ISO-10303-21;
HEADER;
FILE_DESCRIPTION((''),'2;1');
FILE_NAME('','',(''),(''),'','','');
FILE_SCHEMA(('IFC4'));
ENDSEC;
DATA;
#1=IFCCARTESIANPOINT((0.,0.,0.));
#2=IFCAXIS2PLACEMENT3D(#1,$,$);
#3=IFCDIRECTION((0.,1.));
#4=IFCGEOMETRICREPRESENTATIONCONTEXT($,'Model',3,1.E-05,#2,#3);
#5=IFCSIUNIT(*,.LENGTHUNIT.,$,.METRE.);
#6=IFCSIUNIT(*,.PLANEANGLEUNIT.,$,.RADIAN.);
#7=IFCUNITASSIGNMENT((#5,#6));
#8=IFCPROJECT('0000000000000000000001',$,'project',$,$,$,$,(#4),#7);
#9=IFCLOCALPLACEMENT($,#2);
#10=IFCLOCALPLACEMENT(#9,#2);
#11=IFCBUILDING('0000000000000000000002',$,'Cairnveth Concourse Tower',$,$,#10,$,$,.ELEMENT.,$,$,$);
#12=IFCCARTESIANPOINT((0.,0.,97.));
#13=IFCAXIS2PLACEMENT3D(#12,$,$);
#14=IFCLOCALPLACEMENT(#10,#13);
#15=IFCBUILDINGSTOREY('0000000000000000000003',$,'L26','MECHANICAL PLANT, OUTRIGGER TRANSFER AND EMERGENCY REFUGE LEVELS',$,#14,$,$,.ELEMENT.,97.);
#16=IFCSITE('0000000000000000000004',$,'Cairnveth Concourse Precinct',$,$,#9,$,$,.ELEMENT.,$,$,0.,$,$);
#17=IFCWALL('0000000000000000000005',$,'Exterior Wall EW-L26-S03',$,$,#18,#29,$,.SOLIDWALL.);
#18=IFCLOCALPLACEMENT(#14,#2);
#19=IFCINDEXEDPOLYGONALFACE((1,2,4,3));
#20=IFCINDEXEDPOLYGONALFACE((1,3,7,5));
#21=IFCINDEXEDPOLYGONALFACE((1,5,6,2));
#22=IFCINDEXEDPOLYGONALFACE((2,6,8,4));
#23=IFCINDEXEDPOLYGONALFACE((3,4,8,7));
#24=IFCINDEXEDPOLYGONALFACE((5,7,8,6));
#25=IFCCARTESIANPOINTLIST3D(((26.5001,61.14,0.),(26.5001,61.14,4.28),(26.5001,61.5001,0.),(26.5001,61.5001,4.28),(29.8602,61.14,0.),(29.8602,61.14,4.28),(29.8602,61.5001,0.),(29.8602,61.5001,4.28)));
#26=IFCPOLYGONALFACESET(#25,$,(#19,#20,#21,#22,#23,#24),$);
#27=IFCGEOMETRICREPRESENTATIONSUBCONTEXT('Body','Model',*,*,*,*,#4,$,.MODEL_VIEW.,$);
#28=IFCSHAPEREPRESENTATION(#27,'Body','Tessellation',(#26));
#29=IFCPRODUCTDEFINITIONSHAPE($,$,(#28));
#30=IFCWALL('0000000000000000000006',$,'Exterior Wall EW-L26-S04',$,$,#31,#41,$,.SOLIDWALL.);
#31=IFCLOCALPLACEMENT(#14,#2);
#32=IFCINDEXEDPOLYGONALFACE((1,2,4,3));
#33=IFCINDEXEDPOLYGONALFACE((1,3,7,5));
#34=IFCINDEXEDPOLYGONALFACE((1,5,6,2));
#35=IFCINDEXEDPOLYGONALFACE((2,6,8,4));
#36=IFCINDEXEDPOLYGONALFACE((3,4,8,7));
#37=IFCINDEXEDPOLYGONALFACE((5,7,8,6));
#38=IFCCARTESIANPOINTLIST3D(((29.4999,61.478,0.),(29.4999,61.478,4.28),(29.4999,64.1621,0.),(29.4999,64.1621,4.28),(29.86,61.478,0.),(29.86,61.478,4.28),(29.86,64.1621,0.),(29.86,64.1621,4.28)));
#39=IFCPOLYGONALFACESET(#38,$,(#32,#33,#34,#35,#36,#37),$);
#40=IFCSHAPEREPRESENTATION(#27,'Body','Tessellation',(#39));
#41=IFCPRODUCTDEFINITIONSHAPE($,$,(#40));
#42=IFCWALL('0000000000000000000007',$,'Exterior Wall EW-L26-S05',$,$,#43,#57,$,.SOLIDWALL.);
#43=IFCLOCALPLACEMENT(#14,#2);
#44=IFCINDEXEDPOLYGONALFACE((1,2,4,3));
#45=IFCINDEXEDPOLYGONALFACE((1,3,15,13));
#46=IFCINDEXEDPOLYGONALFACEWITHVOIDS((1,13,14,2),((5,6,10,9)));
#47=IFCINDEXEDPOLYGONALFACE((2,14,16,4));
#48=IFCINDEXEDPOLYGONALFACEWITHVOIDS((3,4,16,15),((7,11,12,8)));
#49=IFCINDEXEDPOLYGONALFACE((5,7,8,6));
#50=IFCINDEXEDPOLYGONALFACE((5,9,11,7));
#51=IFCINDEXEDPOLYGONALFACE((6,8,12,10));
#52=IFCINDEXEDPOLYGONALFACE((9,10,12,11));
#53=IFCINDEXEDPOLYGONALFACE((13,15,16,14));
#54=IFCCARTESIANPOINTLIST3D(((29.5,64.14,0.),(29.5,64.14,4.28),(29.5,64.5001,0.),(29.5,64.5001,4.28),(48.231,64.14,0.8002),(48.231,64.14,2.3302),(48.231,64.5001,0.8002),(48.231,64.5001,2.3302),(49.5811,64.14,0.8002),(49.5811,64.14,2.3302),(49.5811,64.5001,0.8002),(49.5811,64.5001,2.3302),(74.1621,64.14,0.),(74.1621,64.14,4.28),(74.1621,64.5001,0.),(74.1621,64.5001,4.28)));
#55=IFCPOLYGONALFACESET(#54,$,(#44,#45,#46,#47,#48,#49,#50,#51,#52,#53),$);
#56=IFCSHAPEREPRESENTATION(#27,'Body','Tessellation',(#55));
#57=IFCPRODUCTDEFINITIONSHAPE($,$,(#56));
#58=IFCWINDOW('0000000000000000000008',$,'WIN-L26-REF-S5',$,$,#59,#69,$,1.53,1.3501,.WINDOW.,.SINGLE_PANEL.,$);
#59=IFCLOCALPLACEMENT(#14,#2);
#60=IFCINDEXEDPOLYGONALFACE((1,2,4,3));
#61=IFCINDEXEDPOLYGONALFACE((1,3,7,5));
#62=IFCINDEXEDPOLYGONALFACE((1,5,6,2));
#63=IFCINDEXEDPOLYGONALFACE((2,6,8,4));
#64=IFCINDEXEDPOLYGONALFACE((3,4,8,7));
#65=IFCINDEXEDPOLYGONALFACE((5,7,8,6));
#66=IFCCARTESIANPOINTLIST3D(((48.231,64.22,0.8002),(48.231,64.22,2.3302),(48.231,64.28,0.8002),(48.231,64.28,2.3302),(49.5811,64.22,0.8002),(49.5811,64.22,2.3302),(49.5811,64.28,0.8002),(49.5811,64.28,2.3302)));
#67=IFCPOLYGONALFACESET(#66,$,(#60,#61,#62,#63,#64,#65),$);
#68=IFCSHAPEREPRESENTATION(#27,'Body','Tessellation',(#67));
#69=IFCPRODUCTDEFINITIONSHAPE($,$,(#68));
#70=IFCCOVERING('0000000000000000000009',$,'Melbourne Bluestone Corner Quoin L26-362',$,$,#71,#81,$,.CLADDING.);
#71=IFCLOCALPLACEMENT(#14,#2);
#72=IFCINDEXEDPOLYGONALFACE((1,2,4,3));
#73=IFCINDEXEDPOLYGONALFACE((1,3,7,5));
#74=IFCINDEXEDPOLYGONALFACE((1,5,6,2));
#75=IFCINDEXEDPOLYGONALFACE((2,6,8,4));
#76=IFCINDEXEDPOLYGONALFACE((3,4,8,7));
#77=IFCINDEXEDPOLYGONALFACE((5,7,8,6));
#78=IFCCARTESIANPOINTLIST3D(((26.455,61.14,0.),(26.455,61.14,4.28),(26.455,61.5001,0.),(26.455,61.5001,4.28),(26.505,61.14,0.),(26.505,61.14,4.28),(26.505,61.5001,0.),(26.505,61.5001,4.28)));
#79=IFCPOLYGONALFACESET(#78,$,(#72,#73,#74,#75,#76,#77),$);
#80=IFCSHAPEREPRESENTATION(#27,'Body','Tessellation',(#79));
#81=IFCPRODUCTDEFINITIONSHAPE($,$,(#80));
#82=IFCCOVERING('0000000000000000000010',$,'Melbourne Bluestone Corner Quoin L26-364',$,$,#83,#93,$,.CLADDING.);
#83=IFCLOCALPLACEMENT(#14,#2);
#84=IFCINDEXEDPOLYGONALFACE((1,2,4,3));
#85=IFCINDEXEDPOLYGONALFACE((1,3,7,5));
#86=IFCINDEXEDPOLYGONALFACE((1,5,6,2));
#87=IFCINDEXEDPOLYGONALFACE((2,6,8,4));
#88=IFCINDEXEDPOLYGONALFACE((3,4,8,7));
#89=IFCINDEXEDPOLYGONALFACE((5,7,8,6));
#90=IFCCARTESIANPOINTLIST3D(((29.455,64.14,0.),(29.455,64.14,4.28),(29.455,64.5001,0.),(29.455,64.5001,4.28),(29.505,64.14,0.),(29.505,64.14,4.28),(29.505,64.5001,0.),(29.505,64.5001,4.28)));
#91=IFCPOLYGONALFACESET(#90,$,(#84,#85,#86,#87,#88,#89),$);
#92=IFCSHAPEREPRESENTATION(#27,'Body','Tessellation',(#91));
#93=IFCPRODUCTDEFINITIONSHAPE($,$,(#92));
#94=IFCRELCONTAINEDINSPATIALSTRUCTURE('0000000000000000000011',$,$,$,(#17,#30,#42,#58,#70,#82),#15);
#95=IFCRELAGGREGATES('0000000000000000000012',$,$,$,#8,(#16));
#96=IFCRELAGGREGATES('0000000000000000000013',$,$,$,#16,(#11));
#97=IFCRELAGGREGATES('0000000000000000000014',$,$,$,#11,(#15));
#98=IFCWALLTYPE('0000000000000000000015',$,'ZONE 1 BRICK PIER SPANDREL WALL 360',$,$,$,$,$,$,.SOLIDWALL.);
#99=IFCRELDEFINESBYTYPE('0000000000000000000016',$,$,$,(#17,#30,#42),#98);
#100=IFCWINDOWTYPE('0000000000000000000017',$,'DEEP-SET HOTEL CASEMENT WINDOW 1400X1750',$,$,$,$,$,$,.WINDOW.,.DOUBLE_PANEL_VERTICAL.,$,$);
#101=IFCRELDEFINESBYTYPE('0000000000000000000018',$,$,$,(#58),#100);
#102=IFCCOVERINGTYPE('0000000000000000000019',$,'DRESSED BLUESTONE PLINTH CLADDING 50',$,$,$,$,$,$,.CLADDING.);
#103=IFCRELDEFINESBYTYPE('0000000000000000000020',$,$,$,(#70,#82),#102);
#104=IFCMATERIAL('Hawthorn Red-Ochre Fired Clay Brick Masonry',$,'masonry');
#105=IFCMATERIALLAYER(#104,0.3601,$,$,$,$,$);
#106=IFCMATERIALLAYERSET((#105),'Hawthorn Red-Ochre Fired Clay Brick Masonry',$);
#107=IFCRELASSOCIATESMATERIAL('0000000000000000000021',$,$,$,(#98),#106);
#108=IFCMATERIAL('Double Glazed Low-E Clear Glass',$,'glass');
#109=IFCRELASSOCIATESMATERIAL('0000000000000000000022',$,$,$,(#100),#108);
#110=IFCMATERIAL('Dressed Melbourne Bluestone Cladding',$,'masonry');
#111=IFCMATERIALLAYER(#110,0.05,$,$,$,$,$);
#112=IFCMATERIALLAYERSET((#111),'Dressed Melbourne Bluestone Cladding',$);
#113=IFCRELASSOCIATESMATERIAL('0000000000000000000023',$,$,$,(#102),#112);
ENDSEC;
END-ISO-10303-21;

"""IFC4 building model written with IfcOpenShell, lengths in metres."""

from ifc_helpers import new_model, si_unit, direction, frame, frame_2d, origin, place, context, subcontext, project, spatial, rectangle, extrude, material, layer, layer_set, type_object, element, fill, save


model = new_model("IFC4")

# Units and contexts
model_context = context("Model", 3, precision=1e-05, world=origin(), true_north=direction((0.0, 1.0)))
body_context = subcontext(model_context, "Body", "Model", "MODEL_VIEW")
ifc_project = project(units=[si_unit("LENGTHUNIT", "METRE"), si_unit("PLANEANGLEUNIT", "RADIAN")], contexts=[model_context])

# Site, building, storey
site_placement = place(None, origin())
site = spatial("IfcSite", under=ifc_project, at=site_placement, Name="Cairnveth Concourse Precinct", CompositionType="ELEMENT", RefElevation=0.0)
building_placement = place(site_placement, origin())
building = spatial("IfcBuilding", under=site, at=building_placement, Name="Cairnveth Concourse Tower", CompositionType="ELEMENT")
storey_placement = place(building_placement, frame((0.0, 0.0, 97.0)))
storey = spatial("IfcBuildingStorey", under=building, at=storey_placement, Name="L26", Description="MECHANICAL PLANT, OUTRIGGER TRANSFER AND EMERGENCY REFUGE LEVELS", CompositionType="ELEMENT", Elevation=97.0)

# Walls
ifc_material_1 = material(Name="Hawthorn Red-Ochre Fired Clay Brick Masonry", Category="masonry")
ifc_layer_1 = layer(ifc_material_1, 0.3601)
ifc_layer_set_1 = layer_set([ifc_layer_1], Name="Hawthorn Red-Ochre Fired Clay Brick Masonry")
wall_type_1 = type_object("IfcWallType", Name="ZONE 1 BRICK PIER SPANDREL WALL 360", PredefinedType="SOLIDWALL", material=ifc_layer_set_1)
wall_1_placement = place(storey_placement, frame((26.5, 61.3201, 0.0), z_axis=(0.0, 0.0, 1.0), x_axis=(1.0, 0.0, 0.0)))
element("IfcWall", 1, at=wall_1_placement, inside=storey, type_object=wall_type_1, Name="Exterior Wall EW-L26-S03", PredefinedType="SOLIDWALL", context=body_context, shape_type="SweptSolid", body=[
    extrude(rectangle(XDim=3.3601, YDim=0.3601, at=frame_2d((1.6802, 0.0))), origin(), (0.0, 0.0, 1.0), 4.28),
])
wall_2_placement = place(storey_placement, frame((29.6799, 61.478, 0.0), z_axis=(0.0, 0.0, 1.0), x_axis=(0.0, 1.0, 0.0)))
element("IfcWall", 2, at=wall_2_placement, inside=storey, type_object=wall_type_1, Name="Exterior Wall EW-L26-S04", PredefinedType="SOLIDWALL", context=body_context, shape_type="SweptSolid", body=[
    extrude(rectangle(XDim=2.6841, YDim=0.3601, at=frame_2d((1.342, 0.0))), origin(), (0.0, 0.0, 1.0), 4.28),
])

# Wall, opening, window
wall_3_placement = place(storey_placement, frame((29.5, 64.3201, 0.0), z_axis=(0.0, 0.0, 1.0), x_axis=(1.0, 0.0, 0.0)))
wall_3 = element("IfcWall", 3, at=wall_3_placement, inside=storey, type_object=wall_type_1, Name="Exterior Wall EW-L26-S05", PredefinedType="SOLIDWALL", context=body_context, shape_type="SweptSolid", body=[
    extrude(rectangle(XDim=44.6621, YDim=0.3601, at=frame_2d((22.3311, 0.0))), origin(), (0.0, 0.0, 1.0), 4.28),
])
opening_placement = place(wall_3_placement, frame((18.731, 0.0, 0.8)))
opening = element("IfcOpeningElement", 4, at=opening_placement, cuts=wall_3, PredefinedType="OPENING", context=body_context, shape_type="SweptSolid", body=[
    extrude(rectangle(XDim=1.3501, YDim=1.53, at=frame_2d((0.675, 0.7651))), frame((0.0, 0.1899, 0.0), z_axis=(0.0, -1.0, 0.0), x_axis=(1.0, 0.0, 0.0)), (0.0, 0.0, 1.0), 0.3801),
])
ifc_material_2 = material(Name="Double Glazed Low-E Clear Glass", Category="glass")
window_type = type_object("IfcWindowType", Name="DEEP-SET HOTEL CASEMENT WINDOW 1400X1750", PartitioningType="DOUBLE_PANEL_VERTICAL", PredefinedType="WINDOW", material=ifc_material_2)
window_placement = place(opening_placement, origin())
window = element("IfcWindow", 5, at=window_placement, inside=storey, type_object=window_type, Name="WIN-L26-REF-S5", OverallHeight=1.53, OverallWidth=1.3501, PartitioningType="SINGLE_PANEL", PredefinedType="WINDOW", context=body_context, shape_type="SweptSolid", body=[
    extrude(rectangle(XDim=1.3501, YDim=1.53, at=frame_2d((0.675, 0.7651))), frame((0.0, -0.04, 0.0), z_axis=(0.0, -1.0, 0.0), x_axis=(1.0, 0.0, 0.0)), (0.0, 0.0, 1.0), 0.0601),
])
fill(opening, window)

# Coverings
ifc_material_3 = material(Name="Dressed Melbourne Bluestone Cladding", Category="masonry")
ifc_layer_2 = layer(ifc_material_3, 0.05)
ifc_layer_set_2 = layer_set([ifc_layer_2], Name="Dressed Melbourne Bluestone Cladding")
covering_type = type_object("IfcCoveringType", Name="DRESSED BLUESTONE PLINTH CLADDING 50", PredefinedType="CLADDING", material=ifc_layer_set_2)
for number, where, z_axis, x_axis, name in (
    (6, (26.48, 61.1399, 0.0), (0.0, 0.0, 1.0), (0.0, 1.0, 0.0), "Melbourne Bluestone Corner Quoin L26-362"),
    (7, (29.48, 64.1399, 0.0), (0.0, 0.0, 1.0), (0.0, 1.0, 0.0), "Melbourne Bluestone Corner Quoin L26-364"),
):
    element("IfcCovering", number, at=place(storey_placement, frame(where, z_axis=z_axis, x_axis=x_axis)), inside=storey, type_object=covering_type, Name=name, PredefinedType="CLADDING", context=body_context, shape_type="SweptSolid", body=[
        extrude(rectangle(XDim=0.3601, YDim=0.05, at=frame_2d((0.1802, 0.0))), origin(), (0.0, 0.0, 1.0), 4.28),
    ])

save(model, "model.ifc")
